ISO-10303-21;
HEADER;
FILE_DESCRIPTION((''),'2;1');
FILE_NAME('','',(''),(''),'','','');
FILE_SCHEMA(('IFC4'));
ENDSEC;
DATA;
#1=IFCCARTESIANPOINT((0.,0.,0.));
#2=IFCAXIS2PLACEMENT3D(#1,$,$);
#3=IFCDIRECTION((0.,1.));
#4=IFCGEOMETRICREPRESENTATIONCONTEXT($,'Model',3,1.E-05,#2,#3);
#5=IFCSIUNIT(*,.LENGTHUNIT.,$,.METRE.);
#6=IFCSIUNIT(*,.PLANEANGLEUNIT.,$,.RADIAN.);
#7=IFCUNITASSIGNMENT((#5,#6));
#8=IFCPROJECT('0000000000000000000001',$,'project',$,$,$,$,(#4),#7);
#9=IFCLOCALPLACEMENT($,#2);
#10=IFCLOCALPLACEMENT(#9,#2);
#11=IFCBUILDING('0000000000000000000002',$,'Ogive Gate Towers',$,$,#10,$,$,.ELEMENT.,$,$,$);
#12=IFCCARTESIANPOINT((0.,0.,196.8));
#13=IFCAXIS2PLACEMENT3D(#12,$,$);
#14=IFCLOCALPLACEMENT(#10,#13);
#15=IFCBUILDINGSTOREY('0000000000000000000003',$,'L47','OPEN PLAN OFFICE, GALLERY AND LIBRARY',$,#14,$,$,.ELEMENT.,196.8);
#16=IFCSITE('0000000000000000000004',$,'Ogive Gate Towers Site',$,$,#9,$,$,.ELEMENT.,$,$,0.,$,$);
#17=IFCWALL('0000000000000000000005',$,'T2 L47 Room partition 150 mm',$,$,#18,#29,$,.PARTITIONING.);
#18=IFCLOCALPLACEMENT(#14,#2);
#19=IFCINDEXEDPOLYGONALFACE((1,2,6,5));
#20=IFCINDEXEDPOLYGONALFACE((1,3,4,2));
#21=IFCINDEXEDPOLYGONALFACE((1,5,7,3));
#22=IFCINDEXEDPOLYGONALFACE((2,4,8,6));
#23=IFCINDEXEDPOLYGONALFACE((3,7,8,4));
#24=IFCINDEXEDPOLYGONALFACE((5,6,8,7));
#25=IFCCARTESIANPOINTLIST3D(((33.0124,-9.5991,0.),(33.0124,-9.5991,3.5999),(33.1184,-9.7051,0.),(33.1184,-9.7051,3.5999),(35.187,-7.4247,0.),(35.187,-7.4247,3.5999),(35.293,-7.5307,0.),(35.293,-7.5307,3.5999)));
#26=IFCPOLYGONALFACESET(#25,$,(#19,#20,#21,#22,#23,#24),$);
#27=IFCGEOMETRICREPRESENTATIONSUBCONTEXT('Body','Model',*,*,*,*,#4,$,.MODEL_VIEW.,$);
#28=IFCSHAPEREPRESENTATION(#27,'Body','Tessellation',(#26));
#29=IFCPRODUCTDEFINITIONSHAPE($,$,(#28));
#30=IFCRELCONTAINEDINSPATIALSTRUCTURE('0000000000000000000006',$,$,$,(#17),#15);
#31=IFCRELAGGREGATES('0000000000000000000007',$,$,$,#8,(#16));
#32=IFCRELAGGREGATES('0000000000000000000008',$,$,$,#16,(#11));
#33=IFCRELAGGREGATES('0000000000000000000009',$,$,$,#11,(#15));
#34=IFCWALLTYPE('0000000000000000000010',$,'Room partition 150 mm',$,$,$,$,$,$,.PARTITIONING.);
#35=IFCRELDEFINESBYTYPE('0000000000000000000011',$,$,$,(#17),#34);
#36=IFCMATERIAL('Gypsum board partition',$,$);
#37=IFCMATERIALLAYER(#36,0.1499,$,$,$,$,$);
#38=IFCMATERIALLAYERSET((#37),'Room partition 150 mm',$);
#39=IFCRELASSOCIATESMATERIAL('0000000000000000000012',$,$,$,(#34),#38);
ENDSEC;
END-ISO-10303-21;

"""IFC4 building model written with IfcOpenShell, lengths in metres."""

from ifc_helpers import new_model, si_unit, direction, frame, frame_2d, origin, place, context, subcontext, project, spatial, rectangle, extrude, material, layer, layer_set, type_object, element, save


model = new_model("IFC4")

# Units and contexts
model_context = context("Model", 3, precision=1e-05, world=origin(), true_north=direction((0.0, 1.0)))
body_context = subcontext(model_context, "Body", "Model", "MODEL_VIEW")
ifc_project = project(units=[si_unit("LENGTHUNIT", "METRE"), si_unit("PLANEANGLEUNIT", "RADIAN")], contexts=[model_context])

# Site, building, storey
site_placement = place(None, origin())
site = spatial("IfcSite", under=ifc_project, at=site_placement, Name="Ogive Gate Towers Site", CompositionType="ELEMENT", RefElevation=0.0)
building_placement = place(site_placement, origin())
building = spatial("IfcBuilding", under=site, at=building_placement, Name="Ogive Gate Towers", CompositionType="ELEMENT")
storey_placement = place(building_placement, frame((0.0, 0.0, 196.8)))
storey = spatial("IfcBuildingStorey", under=building, at=storey_placement, Name="L47", Description="OPEN PLAN OFFICE, GALLERY AND LIBRARY", CompositionType="ELEMENT", Elevation=196.8)

# Wall
ifc_material_1 = material(Name="Gypsum board partition")
ifc_layer_1 = layer(ifc_material_1, 0.1499)
ifc_layer_set_1 = layer_set([ifc_layer_1], Name="Room partition 150 mm")
wall_type_1 = type_object("IfcWallType", Name="Room partition 150 mm", PredefinedType="PARTITIONING", material=ifc_layer_set_1)
wall_1_placement = place(storey_placement, frame((33.0654, -9.6521, 0.0), z_axis=(0.0, 0.0, 1.0), x_axis=(0.707146, 0.707067, 0.0)))
element("IfcWall", 1, at=wall_1_placement, inside=storey, type_object=wall_type_1, Name="T2 L47 Room partition 150 mm", PredefinedType="PARTITIONING", context=body_context, shape_type="SweptSolid", body=[
    extrude(rectangle(XDim=3.0752, YDim=0.1499, at=frame_2d((1.5376, 0.0))), origin(), (0.0, 0.0, 1.0), 3.5999),
])

save(model, "model.ifc")
